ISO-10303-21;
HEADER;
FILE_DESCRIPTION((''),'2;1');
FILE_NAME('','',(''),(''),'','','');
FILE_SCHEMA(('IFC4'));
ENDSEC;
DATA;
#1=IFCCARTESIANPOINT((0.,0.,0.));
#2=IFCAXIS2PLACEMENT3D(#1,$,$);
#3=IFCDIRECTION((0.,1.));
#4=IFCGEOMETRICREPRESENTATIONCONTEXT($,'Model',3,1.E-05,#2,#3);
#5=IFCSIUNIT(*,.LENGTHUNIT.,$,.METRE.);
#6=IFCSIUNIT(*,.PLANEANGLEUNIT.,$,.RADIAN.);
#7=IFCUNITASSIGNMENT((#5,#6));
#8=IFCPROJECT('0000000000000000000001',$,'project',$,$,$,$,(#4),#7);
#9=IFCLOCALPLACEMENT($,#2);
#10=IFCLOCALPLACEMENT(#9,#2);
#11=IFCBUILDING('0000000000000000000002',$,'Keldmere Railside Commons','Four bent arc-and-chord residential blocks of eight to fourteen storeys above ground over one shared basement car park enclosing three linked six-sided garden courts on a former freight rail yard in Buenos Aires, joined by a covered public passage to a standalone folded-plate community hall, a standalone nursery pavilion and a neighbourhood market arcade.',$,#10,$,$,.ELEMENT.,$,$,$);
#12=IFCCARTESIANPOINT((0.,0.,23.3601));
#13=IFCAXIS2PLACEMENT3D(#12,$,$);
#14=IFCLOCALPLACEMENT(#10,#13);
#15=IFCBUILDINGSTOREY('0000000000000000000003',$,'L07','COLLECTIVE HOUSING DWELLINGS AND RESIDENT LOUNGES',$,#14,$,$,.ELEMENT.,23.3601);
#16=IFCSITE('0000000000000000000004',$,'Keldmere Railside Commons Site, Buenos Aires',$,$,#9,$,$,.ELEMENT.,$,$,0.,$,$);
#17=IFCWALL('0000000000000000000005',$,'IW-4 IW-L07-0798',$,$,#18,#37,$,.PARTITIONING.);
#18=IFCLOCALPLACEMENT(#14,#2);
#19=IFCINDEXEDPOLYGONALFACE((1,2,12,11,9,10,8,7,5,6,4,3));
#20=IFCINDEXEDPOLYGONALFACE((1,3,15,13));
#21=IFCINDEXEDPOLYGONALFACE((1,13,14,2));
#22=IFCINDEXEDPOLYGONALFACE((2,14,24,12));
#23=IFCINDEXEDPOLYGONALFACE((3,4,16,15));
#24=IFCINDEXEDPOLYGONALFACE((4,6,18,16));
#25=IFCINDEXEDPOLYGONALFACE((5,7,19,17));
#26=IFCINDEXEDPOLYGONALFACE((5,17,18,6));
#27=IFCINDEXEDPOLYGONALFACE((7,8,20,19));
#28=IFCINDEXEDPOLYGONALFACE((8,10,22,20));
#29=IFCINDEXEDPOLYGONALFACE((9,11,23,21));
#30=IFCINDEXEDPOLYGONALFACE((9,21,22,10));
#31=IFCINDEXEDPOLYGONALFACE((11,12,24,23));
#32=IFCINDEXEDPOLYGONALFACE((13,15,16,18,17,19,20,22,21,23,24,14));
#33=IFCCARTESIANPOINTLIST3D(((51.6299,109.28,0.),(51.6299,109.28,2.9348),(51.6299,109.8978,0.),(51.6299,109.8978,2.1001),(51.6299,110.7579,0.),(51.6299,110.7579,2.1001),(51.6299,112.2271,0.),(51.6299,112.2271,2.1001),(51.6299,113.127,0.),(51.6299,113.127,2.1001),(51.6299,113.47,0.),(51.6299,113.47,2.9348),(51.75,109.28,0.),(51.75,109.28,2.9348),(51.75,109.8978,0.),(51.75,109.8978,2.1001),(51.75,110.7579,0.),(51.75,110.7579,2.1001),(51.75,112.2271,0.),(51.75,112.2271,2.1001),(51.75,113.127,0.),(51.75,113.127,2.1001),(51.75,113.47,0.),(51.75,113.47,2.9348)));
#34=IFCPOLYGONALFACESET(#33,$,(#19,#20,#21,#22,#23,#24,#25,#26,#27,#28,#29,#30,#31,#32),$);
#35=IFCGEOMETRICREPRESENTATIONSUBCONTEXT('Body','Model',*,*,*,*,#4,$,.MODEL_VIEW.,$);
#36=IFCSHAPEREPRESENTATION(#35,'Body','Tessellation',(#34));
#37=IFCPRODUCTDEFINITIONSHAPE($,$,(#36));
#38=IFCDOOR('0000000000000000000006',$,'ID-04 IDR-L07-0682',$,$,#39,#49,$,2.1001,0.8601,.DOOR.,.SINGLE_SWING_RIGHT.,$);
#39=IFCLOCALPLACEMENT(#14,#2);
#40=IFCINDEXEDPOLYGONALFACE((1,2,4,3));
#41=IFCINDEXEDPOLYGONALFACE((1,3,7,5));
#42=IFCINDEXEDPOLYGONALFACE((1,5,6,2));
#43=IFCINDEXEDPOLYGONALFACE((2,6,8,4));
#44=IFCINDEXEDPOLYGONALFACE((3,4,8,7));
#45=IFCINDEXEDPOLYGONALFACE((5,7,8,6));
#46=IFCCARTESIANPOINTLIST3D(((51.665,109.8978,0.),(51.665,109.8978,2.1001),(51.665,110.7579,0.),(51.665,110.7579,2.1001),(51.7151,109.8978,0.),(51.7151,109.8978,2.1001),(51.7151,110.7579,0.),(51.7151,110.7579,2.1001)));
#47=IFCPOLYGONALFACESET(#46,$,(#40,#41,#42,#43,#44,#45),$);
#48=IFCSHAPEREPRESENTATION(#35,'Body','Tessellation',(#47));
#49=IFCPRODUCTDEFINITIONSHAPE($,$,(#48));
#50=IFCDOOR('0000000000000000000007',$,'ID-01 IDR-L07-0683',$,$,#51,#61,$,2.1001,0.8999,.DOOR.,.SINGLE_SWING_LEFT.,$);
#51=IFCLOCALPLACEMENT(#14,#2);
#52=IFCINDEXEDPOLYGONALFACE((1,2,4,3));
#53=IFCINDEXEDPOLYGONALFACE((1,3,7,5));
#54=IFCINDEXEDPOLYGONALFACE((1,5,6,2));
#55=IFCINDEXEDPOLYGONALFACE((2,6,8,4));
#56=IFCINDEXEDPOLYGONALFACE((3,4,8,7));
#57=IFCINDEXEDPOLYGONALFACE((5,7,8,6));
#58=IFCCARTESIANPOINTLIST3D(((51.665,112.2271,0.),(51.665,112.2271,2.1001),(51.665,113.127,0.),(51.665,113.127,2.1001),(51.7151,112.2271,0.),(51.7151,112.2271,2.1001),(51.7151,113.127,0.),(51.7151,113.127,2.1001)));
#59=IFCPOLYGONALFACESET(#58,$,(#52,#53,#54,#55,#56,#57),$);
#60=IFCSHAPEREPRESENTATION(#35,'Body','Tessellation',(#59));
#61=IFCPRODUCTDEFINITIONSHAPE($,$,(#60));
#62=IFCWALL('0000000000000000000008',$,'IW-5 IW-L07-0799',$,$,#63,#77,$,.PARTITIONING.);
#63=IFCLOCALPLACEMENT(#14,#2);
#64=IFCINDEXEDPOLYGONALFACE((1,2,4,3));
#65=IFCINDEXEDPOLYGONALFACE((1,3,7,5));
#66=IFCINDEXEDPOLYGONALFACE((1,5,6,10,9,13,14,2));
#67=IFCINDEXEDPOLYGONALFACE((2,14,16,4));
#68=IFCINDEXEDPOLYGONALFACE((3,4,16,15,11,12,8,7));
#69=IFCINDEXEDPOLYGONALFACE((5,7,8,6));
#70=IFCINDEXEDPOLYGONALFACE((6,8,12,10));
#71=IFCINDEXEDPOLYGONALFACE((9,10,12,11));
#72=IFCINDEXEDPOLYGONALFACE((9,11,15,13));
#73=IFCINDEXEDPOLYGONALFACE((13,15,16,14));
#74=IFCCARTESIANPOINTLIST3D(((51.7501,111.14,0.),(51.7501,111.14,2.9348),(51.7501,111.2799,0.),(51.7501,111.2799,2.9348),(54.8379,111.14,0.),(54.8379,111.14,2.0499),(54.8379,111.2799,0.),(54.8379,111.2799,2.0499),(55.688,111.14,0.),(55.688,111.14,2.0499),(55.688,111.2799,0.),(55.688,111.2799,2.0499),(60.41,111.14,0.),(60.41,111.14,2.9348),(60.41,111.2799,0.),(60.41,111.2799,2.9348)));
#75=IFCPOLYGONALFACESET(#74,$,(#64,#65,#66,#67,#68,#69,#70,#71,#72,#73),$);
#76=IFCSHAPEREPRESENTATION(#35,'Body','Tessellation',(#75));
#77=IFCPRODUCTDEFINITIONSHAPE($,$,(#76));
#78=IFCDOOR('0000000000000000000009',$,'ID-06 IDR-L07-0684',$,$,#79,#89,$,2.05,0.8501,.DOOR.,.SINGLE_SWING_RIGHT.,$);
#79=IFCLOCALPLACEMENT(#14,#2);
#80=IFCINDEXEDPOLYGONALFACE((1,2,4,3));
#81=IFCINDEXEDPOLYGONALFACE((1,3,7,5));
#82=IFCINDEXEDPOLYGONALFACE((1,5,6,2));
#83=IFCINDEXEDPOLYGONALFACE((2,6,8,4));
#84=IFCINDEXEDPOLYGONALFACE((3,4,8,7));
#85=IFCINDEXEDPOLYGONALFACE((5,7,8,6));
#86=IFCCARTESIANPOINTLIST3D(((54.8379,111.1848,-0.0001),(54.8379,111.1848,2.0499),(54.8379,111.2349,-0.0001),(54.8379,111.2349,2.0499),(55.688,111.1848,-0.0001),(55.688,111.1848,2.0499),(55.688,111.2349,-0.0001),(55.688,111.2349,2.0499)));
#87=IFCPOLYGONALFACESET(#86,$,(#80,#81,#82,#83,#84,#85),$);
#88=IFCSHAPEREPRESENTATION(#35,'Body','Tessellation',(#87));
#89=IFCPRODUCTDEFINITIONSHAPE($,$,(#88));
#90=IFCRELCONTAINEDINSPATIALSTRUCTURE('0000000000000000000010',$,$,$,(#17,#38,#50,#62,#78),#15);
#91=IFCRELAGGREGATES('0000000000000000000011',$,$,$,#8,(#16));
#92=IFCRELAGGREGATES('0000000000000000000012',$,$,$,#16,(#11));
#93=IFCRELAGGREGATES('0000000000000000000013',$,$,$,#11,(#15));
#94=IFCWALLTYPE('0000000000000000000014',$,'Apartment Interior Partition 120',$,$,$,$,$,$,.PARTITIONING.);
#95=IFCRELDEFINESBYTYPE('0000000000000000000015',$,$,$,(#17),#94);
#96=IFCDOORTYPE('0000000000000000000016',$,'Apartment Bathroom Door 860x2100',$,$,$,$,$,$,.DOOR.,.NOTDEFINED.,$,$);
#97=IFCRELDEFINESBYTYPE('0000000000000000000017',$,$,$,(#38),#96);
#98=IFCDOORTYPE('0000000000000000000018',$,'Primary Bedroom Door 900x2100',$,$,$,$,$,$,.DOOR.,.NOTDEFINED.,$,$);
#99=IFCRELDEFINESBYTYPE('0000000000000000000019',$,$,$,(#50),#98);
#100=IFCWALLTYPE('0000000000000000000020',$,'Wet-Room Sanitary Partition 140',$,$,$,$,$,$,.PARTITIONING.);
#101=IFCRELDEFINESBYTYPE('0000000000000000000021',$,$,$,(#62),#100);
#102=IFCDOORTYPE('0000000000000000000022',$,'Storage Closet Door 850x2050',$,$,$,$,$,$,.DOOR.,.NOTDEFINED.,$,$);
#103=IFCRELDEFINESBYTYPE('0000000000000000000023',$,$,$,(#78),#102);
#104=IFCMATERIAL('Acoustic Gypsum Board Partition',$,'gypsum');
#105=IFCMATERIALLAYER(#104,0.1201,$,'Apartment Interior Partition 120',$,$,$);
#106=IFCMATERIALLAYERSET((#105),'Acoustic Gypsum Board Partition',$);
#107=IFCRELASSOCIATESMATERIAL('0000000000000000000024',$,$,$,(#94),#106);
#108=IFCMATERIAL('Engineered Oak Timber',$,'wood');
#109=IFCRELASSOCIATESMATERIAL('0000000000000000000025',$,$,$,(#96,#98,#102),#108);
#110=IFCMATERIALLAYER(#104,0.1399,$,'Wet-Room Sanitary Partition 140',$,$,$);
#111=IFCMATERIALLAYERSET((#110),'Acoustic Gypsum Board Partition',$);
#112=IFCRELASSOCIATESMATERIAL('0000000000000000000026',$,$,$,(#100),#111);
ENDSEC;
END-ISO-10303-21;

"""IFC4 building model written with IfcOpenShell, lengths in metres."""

from ifc_helpers import new_model, si_unit, direction, frame, frame_2d, origin, place, context, subcontext, project, spatial, rectangle, extrude, material, layer, layer_set, type_object, element, fill, save


model = new_model("IFC4")

# Units and contexts
model_context = context("Model", 3, precision=1e-05, world=origin(), true_north=direction((0.0, 1.0)))
body_context = subcontext(model_context, "Body", "Model", "MODEL_VIEW")
ifc_project = project(units=[si_unit("LENGTHUNIT", "METRE"), si_unit("PLANEANGLEUNIT", "RADIAN")], contexts=[model_context])

# Site, building, storey
site_placement = place(None, origin())
site = spatial("IfcSite", under=ifc_project, at=site_placement, Name="Keldmere Railside Commons Site, Buenos Aires", CompositionType="ELEMENT", RefElevation=0.0)
building_placement = place(site_placement, origin())
building = spatial("IfcBuilding", under=site, at=building_placement, Name="Keldmere Railside Commons", Description="Four bent arc-and-chord residential blocks of eight to fourteen storeys above ground over one shared basement car park enclosing three linked six-sided garden courts on a former freight rail yard in Buenos Aires, joined by a covered public passage to a standalone folded-plate community hall, a standalone nursery pavilion and a neighbourhood market arcade.", CompositionType="ELEMENT")
storey_placement = place(building_placement, frame((0.0, 0.0, 23.3601)))
storey = spatial("IfcBuildingStorey", under=building, at=storey_placement, Name="L07", Description="COLLECTIVE HOUSING DWELLINGS AND RESIDENT LOUNGES", CompositionType="ELEMENT", Elevation=23.3601)

# Wall, openings, doors
ifc_material_1 = material(Name="Acoustic Gypsum Board Partition", Category="gypsum")
ifc_layer_1 = layer(ifc_material_1, 0.1201, Name="Apartment Interior Partition 120")
ifc_layer_set_1 = layer_set([ifc_layer_1], Name="Acoustic Gypsum Board Partition")
wall_type_1 = type_object("IfcWallType", Name="Apartment Interior Partition 120", PredefinedType="PARTITIONING", material=ifc_layer_set_1)
wall_1_placement = place(storey_placement, frame((51.6899, 109.28, 0.0), z_axis=(0.0, 0.0, 1.0), x_axis=(0.0, 1.0, 0.0)))
wall_1 = element("IfcWall", 1, at=wall_1_placement, inside=storey, type_object=wall_type_1, Name="IW-4 IW-L07-0798", PredefinedType="PARTITIONING", context=body_context, shape_type="SweptSolid", body=[
    extrude(rectangle(XDim=4.1899, YDim=0.1201, at=frame_2d((2.095, 0.0))), origin(), (0.0, 0.0, 1.0), 2.9348),
])
opening_1_placement = place(wall_1_placement, frame((0.6177, 0.0, 0.0)))
opening_1 = element("IfcOpeningElement", 2, at=opening_1_placement, cuts=wall_1, PredefinedType="OPENING", context=body_context, shape_type="SweptSolid", body=[
    extrude(rectangle(XDim=0.8601, YDim=2.1001, at=frame_2d((0.4302, 1.05))), frame((0.0, 0.0701, 0.0), z_axis=(0.0, -1.0, 0.0), x_axis=(1.0, 0.0, 0.0)), (0.0, 0.0, 1.0), 0.1401),
])
opening_2_placement = place(wall_1_placement, frame((2.947, 0.0, 0.0)))
opening_2 = element("IfcOpeningElement", 3, at=opening_2_placement, cuts=wall_1, PredefinedType="OPENING", context=body_context, shape_type="SweptSolid", body=[
    extrude(rectangle(XDim=0.8999, YDim=2.1001, at=frame_2d((0.45, 1.05))), frame((0.0, 0.0701, 0.0), z_axis=(0.0, -1.0, 0.0), x_axis=(1.0, 0.0, 0.0)), (0.0, 0.0, 1.0), 0.1401),
])
ifc_material_2 = material(Name="Engineered Oak Timber", Category="wood")
door_type_1 = type_object("IfcDoorType", Name="Apartment Bathroom Door 860x2100", OperationType="NOTDEFINED", PredefinedType="DOOR", material=ifc_material_2)
door_1_placement = place(opening_1_placement, origin())
door_1 = element("IfcDoor", 4, at=door_1_placement, inside=storey, type_object=door_type_1, Name="ID-04 IDR-L07-0682", OperationType="SINGLE_SWING_RIGHT", OverallHeight=2.1001, OverallWidth=0.8601, PredefinedType="DOOR", context=body_context, shape_type="SweptSolid", body=[
    extrude(rectangle(XDim=0.8601, YDim=2.1001, at=frame_2d((0.4302, 1.05))), frame((0.0, 0.0249, 0.0), z_axis=(0.0, -1.0, 0.0), x_axis=(1.0, 0.0, 0.0)), (0.0, 0.0, 1.0), 0.05),
])
fill(opening_1, door_1)
door_type_2 = type_object("IfcDoorType", Name="Primary Bedroom Door 900x2100", OperationType="NOTDEFINED", PredefinedType="DOOR", material=ifc_material_2)
door_2_placement = place(opening_2_placement, origin())
door_2 = element("IfcDoor", 5, at=door_2_placement, inside=storey, type_object=door_type_2, Name="ID-01 IDR-L07-0683", OperationType="SINGLE_SWING_LEFT", OverallHeight=2.1001, OverallWidth=0.8999, PredefinedType="DOOR", context=body_context, shape_type="SweptSolid", body=[
    extrude(rectangle(XDim=0.8999, YDim=2.1001, at=frame_2d((0.45, 1.05))), frame((0.0, 0.0249, 0.0), z_axis=(0.0, -1.0, 0.0), x_axis=(1.0, 0.0, 0.0)), (0.0, 0.0, 1.0), 0.05),
])
fill(opening_2, door_2)

# Wall, opening, door
ifc_layer_2 = layer(ifc_material_1, 0.1399, Name="Wet-Room Sanitary Partition 140")
ifc_layer_set_2 = layer_set([ifc_layer_2], Name="Acoustic Gypsum Board Partition")
wall_type_2 = type_object("IfcWallType", Name="Wet-Room Sanitary Partition 140", PredefinedType="PARTITIONING", material=ifc_layer_set_2)
wall_2_placement = place(storey_placement, frame((51.75, 111.21, 0.0), z_axis=(0.0, 0.0, 1.0), x_axis=(1.0, 0.0, 0.0)))
wall_2 = element("IfcWall", 6, at=wall_2_placement, inside=storey, type_object=wall_type_2, Name="IW-5 IW-L07-0799", PredefinedType="PARTITIONING", context=body_context, shape_type="SweptSolid", body=[
    extrude(rectangle(XDim=8.6599, YDim=0.1399, at=frame_2d((4.3301, 0.0))), origin(), (0.0, 0.0, 1.0), 2.9348),
])
opening_3_placement = place(wall_2_placement, frame((3.0879, 0.0, 0.0)))
opening_3 = element("IfcOpeningElement", 7, at=opening_3_placement, cuts=wall_2, PredefinedType="OPENING", context=body_context, shape_type="SweptSolid", body=[
    extrude(rectangle(XDim=0.8501, YDim=2.05, at=frame_2d((0.425, 1.0249))), frame((0.0, 0.0798, 0.0), z_axis=(0.0, -1.0, 0.0), x_axis=(1.0, 0.0, 0.0)), (0.0, 0.0, 1.0), 0.1599),
])
door_type_3 = type_object("IfcDoorType", Name="Storage Closet Door 850x2050", OperationType="NOTDEFINED", PredefinedType="DOOR", material=ifc_material_2)
door_3_placement = place(opening_3_placement, origin())
door_3 = element("IfcDoor", 8, at=door_3_placement, inside=storey, type_object=door_type_3, Name="ID-06 IDR-L07-0684", OperationType="SINGLE_SWING_RIGHT", OverallHeight=2.05, OverallWidth=0.8501, PredefinedType="DOOR", context=body_context, shape_type="SweptSolid", body=[
    extrude(rectangle(XDim=0.8501, YDim=2.05, at=frame_2d((0.425, 1.0249))), frame((0.0, 0.0249, 0.0), z_axis=(0.0, -1.0, 0.0), x_axis=(1.0, 0.0, 0.0)), (0.0, 0.0, 1.0), 0.05),
])
fill(opening_3, door_3)

save(model, "model.ifc")
